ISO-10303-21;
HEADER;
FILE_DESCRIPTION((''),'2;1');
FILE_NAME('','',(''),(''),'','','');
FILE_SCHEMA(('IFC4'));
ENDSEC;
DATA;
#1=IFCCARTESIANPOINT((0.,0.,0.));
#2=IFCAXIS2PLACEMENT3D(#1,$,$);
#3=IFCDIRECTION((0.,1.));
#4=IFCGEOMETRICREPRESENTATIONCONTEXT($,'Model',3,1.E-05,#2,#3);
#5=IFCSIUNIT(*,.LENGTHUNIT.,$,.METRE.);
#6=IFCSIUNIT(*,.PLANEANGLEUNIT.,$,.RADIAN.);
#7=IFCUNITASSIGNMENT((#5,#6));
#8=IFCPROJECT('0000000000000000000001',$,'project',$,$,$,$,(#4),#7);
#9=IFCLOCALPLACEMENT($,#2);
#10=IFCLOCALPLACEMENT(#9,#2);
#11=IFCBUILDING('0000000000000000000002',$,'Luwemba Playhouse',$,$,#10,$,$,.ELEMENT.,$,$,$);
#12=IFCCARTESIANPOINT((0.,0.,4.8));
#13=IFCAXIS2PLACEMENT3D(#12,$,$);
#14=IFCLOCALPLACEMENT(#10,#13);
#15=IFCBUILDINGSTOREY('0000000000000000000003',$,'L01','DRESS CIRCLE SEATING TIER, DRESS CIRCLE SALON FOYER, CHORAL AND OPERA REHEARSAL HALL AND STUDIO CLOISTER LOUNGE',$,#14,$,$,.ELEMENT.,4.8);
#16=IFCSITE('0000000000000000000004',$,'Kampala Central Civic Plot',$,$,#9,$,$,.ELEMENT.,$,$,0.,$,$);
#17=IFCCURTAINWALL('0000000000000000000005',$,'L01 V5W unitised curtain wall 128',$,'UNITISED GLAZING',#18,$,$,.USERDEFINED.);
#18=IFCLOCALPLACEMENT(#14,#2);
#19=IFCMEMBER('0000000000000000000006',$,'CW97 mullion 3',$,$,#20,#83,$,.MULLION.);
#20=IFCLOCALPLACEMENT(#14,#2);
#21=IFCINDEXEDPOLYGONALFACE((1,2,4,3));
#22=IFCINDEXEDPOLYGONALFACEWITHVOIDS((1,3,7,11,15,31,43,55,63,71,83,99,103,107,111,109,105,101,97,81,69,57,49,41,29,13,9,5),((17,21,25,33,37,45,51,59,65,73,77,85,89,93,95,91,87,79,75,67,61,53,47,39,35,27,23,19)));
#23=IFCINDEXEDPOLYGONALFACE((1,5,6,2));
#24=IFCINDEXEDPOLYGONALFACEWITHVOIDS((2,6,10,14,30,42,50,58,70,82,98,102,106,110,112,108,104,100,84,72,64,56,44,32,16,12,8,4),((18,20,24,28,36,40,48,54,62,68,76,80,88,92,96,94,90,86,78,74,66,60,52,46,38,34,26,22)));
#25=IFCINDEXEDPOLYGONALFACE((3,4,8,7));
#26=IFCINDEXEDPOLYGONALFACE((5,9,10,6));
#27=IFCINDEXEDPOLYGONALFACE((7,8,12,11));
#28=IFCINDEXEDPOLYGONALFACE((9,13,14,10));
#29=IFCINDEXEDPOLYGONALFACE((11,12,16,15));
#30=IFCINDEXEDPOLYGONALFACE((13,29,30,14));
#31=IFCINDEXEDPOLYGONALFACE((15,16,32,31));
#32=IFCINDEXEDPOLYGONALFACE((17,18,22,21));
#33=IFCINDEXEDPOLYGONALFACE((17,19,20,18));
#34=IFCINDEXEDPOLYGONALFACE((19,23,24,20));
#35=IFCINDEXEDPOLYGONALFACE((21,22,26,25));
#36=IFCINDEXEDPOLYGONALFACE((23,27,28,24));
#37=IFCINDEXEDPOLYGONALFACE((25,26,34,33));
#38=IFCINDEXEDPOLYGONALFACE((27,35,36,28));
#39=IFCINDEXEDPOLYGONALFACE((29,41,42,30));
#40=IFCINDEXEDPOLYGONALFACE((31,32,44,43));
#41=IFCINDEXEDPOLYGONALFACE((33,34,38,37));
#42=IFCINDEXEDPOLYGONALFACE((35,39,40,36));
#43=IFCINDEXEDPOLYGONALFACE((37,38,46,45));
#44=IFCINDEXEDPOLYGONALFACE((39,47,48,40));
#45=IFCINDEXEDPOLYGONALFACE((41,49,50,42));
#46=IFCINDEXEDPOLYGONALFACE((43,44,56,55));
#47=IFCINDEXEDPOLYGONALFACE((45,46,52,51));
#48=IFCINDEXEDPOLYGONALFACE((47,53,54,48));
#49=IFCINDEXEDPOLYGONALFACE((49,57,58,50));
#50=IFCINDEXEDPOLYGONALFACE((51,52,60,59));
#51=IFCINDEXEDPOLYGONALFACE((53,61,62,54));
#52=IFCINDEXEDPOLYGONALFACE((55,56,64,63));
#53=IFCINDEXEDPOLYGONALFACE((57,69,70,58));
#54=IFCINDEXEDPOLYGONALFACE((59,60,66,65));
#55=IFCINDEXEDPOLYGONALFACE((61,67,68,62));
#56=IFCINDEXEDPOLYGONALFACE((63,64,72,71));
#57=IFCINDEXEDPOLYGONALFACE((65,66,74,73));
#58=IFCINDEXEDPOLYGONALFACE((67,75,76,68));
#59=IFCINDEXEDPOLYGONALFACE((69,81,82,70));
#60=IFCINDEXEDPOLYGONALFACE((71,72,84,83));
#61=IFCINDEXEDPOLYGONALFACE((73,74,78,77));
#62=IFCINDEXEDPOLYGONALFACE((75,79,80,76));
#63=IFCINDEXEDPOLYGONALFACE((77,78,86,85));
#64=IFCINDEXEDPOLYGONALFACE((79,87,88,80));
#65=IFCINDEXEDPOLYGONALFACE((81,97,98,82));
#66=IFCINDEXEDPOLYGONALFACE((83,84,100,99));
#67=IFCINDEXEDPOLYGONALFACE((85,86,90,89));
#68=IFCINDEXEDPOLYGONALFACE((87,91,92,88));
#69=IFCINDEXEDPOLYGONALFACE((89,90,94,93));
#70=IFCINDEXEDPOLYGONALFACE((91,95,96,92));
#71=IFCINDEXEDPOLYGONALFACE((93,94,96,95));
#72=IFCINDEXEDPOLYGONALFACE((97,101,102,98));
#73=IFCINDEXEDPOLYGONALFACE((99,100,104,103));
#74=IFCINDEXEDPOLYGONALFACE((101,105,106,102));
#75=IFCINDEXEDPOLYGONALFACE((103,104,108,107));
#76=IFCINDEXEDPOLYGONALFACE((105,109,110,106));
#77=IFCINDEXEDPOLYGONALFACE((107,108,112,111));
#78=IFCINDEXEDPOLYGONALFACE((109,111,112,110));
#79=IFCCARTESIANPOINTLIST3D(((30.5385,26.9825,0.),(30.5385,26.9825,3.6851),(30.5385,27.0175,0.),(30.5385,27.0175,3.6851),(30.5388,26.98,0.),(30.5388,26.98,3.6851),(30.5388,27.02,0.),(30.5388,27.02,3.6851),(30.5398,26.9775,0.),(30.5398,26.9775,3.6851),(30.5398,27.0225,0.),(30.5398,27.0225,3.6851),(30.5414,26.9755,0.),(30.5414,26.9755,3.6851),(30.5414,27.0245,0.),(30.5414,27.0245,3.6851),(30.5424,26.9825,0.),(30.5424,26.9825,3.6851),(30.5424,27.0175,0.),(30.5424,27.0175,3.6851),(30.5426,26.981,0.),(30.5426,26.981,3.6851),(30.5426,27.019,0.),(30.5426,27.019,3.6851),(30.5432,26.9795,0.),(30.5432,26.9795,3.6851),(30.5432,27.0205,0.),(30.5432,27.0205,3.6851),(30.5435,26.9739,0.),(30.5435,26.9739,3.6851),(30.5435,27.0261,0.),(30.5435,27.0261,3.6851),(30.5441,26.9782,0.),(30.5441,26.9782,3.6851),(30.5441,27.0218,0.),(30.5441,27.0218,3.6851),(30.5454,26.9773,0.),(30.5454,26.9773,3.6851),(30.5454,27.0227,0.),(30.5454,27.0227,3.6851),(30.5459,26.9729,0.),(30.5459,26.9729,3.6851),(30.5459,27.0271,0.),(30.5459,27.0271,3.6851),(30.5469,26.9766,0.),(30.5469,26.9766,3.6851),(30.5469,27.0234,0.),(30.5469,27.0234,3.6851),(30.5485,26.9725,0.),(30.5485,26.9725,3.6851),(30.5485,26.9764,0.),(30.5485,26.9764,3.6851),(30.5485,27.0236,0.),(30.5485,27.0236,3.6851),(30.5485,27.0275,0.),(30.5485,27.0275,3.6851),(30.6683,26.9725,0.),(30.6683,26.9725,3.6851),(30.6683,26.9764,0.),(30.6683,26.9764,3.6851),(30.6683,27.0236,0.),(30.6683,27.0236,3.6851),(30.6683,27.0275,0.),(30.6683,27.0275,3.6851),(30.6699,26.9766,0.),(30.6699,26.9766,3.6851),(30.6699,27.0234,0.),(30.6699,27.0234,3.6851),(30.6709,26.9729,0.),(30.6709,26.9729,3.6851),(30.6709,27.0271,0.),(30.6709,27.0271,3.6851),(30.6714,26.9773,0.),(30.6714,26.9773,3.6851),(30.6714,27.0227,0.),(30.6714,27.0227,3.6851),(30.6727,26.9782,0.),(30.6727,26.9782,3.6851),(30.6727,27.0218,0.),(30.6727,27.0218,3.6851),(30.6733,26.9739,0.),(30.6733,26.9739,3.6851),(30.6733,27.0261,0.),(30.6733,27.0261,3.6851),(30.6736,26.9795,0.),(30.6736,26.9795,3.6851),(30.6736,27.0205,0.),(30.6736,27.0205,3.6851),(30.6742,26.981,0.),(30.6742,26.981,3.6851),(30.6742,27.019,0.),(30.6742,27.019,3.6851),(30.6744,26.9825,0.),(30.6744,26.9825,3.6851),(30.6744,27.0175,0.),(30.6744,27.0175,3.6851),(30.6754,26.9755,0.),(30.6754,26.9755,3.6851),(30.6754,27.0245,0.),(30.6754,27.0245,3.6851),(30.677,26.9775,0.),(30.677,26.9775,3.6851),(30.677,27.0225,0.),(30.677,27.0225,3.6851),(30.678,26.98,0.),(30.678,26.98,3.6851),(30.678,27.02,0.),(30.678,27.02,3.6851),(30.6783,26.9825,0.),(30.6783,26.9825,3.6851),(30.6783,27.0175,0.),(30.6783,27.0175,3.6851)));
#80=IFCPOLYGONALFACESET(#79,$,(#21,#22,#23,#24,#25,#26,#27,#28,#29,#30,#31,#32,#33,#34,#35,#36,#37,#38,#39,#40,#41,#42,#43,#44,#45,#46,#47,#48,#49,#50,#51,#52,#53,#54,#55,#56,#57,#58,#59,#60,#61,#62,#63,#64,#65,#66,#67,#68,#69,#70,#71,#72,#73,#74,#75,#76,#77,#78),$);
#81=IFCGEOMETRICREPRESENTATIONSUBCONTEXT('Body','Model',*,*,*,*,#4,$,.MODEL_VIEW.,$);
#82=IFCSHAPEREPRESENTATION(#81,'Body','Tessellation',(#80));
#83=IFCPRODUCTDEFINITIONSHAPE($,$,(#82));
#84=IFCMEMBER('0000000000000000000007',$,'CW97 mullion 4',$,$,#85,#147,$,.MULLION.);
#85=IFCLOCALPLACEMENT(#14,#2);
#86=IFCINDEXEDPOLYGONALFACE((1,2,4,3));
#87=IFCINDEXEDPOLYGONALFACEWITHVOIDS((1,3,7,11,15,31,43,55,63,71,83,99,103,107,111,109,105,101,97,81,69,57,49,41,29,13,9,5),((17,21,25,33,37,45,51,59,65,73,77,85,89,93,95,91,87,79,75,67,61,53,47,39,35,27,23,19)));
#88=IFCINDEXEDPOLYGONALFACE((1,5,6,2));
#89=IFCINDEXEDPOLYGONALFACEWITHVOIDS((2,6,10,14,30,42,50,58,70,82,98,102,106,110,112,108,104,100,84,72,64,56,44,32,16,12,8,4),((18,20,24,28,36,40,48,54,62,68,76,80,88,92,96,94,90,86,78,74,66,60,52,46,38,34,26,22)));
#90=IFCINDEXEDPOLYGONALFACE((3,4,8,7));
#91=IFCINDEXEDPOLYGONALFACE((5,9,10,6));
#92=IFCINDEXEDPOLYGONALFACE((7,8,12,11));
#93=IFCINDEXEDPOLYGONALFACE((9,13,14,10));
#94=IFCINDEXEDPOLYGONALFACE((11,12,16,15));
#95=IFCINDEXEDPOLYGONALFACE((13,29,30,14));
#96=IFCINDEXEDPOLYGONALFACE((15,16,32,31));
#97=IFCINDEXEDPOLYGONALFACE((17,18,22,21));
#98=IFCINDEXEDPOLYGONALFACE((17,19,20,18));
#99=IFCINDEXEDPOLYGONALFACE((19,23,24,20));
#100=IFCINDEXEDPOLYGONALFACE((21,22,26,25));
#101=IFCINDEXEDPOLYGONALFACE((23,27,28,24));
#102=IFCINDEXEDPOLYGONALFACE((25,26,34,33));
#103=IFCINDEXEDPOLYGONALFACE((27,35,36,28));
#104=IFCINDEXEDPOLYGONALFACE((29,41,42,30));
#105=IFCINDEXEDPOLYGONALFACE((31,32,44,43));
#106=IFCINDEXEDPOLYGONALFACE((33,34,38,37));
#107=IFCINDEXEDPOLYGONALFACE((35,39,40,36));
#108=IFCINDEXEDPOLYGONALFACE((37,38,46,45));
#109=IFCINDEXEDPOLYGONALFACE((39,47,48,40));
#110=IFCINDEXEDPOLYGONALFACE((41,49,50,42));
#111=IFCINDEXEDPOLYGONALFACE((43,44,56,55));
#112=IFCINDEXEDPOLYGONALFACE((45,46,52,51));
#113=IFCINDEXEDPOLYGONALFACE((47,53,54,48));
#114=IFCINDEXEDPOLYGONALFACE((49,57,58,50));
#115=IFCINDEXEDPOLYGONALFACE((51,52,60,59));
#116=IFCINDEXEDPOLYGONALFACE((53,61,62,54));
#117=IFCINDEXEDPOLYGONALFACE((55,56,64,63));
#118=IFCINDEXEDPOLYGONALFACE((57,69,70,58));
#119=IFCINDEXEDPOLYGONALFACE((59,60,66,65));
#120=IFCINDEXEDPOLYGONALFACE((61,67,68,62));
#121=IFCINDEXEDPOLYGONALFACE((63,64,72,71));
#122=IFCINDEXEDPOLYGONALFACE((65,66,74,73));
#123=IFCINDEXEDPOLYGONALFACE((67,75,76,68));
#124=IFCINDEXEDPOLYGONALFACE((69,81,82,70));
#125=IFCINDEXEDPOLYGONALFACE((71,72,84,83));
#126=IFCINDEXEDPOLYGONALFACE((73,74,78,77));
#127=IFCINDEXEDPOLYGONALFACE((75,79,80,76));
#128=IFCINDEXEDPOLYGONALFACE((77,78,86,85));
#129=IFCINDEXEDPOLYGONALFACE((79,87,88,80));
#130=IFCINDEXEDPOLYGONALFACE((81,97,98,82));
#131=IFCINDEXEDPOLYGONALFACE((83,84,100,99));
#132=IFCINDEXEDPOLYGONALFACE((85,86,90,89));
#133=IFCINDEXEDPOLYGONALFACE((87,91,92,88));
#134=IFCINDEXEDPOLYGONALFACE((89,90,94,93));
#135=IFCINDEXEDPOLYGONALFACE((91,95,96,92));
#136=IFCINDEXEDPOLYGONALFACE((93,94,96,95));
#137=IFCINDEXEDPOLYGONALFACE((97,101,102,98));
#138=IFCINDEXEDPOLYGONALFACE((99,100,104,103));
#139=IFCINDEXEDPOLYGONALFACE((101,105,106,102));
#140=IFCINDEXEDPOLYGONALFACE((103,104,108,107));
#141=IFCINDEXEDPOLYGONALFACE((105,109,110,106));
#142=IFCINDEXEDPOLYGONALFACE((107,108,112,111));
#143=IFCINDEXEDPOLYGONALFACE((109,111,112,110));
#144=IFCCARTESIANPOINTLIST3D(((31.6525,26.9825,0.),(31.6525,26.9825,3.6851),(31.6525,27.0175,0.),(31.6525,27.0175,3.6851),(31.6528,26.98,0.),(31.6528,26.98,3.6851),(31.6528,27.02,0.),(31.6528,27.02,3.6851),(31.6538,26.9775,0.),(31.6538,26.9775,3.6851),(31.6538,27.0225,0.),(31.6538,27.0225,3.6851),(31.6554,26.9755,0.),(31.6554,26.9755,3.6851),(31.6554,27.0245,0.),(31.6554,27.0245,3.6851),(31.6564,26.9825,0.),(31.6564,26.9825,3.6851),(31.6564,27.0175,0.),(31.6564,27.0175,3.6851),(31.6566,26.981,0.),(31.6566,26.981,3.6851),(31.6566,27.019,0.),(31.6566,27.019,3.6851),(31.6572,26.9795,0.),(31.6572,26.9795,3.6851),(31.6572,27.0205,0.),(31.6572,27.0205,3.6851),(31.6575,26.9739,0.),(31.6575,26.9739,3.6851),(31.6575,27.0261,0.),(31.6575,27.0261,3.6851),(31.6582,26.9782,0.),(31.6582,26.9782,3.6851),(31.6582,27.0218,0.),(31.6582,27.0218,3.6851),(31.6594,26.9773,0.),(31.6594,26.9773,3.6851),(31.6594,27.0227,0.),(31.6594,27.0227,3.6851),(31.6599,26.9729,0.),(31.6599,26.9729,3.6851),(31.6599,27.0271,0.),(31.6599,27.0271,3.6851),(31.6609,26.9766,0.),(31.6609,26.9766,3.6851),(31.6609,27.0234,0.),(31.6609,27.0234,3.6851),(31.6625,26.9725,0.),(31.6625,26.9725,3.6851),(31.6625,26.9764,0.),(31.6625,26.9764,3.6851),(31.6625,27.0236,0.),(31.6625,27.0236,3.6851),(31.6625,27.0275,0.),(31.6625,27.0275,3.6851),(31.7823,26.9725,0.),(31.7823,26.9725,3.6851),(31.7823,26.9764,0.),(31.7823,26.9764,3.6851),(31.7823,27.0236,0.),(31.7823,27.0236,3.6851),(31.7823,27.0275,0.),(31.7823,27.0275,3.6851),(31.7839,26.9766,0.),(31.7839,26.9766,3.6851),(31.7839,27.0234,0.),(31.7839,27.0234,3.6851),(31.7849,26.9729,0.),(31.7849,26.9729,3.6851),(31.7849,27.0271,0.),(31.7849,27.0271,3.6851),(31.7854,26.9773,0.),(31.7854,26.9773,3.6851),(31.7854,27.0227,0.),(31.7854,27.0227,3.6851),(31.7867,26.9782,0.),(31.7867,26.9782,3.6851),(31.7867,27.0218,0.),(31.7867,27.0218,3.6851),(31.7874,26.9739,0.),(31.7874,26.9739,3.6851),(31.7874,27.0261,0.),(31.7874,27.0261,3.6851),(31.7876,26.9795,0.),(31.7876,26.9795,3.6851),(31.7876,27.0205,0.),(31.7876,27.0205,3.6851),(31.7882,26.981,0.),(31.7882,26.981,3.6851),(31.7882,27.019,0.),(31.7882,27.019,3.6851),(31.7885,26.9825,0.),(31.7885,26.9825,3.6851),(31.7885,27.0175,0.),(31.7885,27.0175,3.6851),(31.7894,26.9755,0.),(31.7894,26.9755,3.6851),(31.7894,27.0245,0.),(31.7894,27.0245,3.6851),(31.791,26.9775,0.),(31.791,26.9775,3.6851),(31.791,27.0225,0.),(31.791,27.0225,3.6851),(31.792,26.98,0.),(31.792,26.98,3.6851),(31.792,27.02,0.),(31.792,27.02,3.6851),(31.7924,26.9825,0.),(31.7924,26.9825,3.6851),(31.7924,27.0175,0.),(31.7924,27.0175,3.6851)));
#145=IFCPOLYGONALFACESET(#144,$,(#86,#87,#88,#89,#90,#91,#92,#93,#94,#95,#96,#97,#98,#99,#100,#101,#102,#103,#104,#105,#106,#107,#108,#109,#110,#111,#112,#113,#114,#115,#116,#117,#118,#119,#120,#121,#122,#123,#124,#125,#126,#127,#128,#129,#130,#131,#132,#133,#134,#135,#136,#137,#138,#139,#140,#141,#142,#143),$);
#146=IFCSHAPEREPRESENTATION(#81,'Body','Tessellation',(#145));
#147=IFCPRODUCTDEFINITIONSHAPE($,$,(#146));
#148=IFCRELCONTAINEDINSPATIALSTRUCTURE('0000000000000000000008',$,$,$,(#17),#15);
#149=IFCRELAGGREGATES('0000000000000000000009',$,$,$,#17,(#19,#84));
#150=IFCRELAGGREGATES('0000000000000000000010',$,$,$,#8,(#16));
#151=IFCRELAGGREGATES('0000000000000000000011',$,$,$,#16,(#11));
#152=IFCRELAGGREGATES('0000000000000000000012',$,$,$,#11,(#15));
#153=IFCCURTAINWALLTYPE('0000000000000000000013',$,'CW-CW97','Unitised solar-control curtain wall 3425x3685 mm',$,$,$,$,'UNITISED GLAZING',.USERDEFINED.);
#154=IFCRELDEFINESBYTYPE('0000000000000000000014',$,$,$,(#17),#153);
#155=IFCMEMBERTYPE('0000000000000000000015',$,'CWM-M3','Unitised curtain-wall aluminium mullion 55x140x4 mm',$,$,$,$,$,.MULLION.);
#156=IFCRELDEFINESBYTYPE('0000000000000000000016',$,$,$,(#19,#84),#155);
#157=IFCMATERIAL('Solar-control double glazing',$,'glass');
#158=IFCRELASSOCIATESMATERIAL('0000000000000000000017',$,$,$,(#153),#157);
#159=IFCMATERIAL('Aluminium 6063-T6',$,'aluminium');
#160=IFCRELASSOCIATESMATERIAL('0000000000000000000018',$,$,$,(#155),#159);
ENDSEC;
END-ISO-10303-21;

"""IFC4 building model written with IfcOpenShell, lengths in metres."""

from ifc_helpers import new_model, si_unit, direction, frame, origin, origin_2d, place, context, subcontext, project, spatial, hollow_rectangle, extrude, material, material_profile, profile_set, type_object, element, aggregate, save


model = new_model("IFC4")

# Units and contexts
model_context = context("Model", 3, precision=1e-05, world=origin(), true_north=direction((0.0, 1.0)))
body_context = subcontext(model_context, "Body", "Model", "MODEL_VIEW")
ifc_project = project(units=[si_unit("LENGTHUNIT", "METRE"), si_unit("PLANEANGLEUNIT", "RADIAN")], contexts=[model_context])

# Site, building, storey
site_placement = place(None, origin())
site = spatial("IfcSite", under=ifc_project, at=site_placement, Name="Kampala Central Civic Plot", CompositionType="ELEMENT", RefElevation=0.0)
building_placement = place(site_placement, origin())
building = spatial("IfcBuilding", under=site, at=building_placement, Name="Luwemba Playhouse", CompositionType="ELEMENT")
storey_placement = place(building_placement, frame((0.0, 0.0, 4.8)))
storey = spatial("IfcBuildingStorey", under=building, at=storey_placement, Name="L01", Description="DRESS CIRCLE SEATING TIER, DRESS CIRCLE SALON FOYER, CHORAL AND OPERA REHEARSAL HALL AND STUDIO CLOISTER LOUNGE", CompositionType="ELEMENT", Elevation=4.8)

# Curtain wall, members
ifc_material_1 = material(Name="Solar-control double glazing", Category="glass")
curtain_wall_type_1 = type_object("IfcCurtainWallType", Name="CW-CW97", Description="Unitised solar-control curtain wall 3425x3685 mm", ElementType="UNITISED GLAZING", PredefinedType="USERDEFINED", material=ifc_material_1)
curtain_wall_1_placement = place(storey_placement, origin())
curtain_wall_1 = element("IfcCurtainWall", 1, at=curtain_wall_1_placement, inside=storey, type_object=curtain_wall_type_1, Name="L01 V5W unitised curtain wall 128", ObjectType="UNITISED GLAZING", PredefinedType="USERDEFINED")
ifc_material_2 = material(Name="Aluminium 6063-T6", Category="aluminium")
ifc_material_profile_1 = material_profile(ifc_material_2, hollow_rectangle(XDim=0.0549, YDim=0.1399, WallThickness=0.0039, InnerFilletRadius=0.0061, OuterFilletRadius=0.01, at=origin_2d()))
ifc_profile_set_1 = profile_set([ifc_material_profile_1], Name="Aluminium 6063-T6")
member_type_1 = type_object("IfcMemberType", Name="CWM-M3", Description="Unitised curtain-wall aluminium mullion 55x140x4 mm", PredefinedType="MULLION", material=ifc_profile_set_1)
member_1_placement = place(storey_placement, frame((30.6084, 27.0, 0.0), z_axis=(0.0, 0.0, 1.0), x_axis=(0.0, 1.0, 0.0)))
member_1 = element("IfcMember", 2, at=member_1_placement, type_object=member_type_1, Name="CW97 mullion 3", PredefinedType="MULLION", context=body_context, shape_type="SweptSolid", body=[
    extrude(hollow_rectangle(XDim=0.0549, YDim=0.1399, WallThickness=0.0039, InnerFilletRadius=0.0061, OuterFilletRadius=0.01, at=origin_2d()), origin(), (0.0, 0.0, 1.0), 3.6851),
])
member_2_placement = place(storey_placement, frame((31.7224, 27.0, 0.0), z_axis=(0.0, 0.0, 1.0), x_axis=(0.0, 1.0, 0.0)))
member_2 = element("IfcMember", 3, at=member_2_placement, type_object=member_type_1, Name="CW97 mullion 4", PredefinedType="MULLION", context=body_context, shape_type="SweptSolid", body=[
    extrude(hollow_rectangle(XDim=0.0549, YDim=0.1399, WallThickness=0.0039, InnerFilletRadius=0.0061, OuterFilletRadius=0.01, at=origin_2d()), origin(), (0.0, 0.0, 1.0), 3.6851),
])

aggregate(curtain_wall_1, [member_1, member_2])

save(model, "model.ifc")
